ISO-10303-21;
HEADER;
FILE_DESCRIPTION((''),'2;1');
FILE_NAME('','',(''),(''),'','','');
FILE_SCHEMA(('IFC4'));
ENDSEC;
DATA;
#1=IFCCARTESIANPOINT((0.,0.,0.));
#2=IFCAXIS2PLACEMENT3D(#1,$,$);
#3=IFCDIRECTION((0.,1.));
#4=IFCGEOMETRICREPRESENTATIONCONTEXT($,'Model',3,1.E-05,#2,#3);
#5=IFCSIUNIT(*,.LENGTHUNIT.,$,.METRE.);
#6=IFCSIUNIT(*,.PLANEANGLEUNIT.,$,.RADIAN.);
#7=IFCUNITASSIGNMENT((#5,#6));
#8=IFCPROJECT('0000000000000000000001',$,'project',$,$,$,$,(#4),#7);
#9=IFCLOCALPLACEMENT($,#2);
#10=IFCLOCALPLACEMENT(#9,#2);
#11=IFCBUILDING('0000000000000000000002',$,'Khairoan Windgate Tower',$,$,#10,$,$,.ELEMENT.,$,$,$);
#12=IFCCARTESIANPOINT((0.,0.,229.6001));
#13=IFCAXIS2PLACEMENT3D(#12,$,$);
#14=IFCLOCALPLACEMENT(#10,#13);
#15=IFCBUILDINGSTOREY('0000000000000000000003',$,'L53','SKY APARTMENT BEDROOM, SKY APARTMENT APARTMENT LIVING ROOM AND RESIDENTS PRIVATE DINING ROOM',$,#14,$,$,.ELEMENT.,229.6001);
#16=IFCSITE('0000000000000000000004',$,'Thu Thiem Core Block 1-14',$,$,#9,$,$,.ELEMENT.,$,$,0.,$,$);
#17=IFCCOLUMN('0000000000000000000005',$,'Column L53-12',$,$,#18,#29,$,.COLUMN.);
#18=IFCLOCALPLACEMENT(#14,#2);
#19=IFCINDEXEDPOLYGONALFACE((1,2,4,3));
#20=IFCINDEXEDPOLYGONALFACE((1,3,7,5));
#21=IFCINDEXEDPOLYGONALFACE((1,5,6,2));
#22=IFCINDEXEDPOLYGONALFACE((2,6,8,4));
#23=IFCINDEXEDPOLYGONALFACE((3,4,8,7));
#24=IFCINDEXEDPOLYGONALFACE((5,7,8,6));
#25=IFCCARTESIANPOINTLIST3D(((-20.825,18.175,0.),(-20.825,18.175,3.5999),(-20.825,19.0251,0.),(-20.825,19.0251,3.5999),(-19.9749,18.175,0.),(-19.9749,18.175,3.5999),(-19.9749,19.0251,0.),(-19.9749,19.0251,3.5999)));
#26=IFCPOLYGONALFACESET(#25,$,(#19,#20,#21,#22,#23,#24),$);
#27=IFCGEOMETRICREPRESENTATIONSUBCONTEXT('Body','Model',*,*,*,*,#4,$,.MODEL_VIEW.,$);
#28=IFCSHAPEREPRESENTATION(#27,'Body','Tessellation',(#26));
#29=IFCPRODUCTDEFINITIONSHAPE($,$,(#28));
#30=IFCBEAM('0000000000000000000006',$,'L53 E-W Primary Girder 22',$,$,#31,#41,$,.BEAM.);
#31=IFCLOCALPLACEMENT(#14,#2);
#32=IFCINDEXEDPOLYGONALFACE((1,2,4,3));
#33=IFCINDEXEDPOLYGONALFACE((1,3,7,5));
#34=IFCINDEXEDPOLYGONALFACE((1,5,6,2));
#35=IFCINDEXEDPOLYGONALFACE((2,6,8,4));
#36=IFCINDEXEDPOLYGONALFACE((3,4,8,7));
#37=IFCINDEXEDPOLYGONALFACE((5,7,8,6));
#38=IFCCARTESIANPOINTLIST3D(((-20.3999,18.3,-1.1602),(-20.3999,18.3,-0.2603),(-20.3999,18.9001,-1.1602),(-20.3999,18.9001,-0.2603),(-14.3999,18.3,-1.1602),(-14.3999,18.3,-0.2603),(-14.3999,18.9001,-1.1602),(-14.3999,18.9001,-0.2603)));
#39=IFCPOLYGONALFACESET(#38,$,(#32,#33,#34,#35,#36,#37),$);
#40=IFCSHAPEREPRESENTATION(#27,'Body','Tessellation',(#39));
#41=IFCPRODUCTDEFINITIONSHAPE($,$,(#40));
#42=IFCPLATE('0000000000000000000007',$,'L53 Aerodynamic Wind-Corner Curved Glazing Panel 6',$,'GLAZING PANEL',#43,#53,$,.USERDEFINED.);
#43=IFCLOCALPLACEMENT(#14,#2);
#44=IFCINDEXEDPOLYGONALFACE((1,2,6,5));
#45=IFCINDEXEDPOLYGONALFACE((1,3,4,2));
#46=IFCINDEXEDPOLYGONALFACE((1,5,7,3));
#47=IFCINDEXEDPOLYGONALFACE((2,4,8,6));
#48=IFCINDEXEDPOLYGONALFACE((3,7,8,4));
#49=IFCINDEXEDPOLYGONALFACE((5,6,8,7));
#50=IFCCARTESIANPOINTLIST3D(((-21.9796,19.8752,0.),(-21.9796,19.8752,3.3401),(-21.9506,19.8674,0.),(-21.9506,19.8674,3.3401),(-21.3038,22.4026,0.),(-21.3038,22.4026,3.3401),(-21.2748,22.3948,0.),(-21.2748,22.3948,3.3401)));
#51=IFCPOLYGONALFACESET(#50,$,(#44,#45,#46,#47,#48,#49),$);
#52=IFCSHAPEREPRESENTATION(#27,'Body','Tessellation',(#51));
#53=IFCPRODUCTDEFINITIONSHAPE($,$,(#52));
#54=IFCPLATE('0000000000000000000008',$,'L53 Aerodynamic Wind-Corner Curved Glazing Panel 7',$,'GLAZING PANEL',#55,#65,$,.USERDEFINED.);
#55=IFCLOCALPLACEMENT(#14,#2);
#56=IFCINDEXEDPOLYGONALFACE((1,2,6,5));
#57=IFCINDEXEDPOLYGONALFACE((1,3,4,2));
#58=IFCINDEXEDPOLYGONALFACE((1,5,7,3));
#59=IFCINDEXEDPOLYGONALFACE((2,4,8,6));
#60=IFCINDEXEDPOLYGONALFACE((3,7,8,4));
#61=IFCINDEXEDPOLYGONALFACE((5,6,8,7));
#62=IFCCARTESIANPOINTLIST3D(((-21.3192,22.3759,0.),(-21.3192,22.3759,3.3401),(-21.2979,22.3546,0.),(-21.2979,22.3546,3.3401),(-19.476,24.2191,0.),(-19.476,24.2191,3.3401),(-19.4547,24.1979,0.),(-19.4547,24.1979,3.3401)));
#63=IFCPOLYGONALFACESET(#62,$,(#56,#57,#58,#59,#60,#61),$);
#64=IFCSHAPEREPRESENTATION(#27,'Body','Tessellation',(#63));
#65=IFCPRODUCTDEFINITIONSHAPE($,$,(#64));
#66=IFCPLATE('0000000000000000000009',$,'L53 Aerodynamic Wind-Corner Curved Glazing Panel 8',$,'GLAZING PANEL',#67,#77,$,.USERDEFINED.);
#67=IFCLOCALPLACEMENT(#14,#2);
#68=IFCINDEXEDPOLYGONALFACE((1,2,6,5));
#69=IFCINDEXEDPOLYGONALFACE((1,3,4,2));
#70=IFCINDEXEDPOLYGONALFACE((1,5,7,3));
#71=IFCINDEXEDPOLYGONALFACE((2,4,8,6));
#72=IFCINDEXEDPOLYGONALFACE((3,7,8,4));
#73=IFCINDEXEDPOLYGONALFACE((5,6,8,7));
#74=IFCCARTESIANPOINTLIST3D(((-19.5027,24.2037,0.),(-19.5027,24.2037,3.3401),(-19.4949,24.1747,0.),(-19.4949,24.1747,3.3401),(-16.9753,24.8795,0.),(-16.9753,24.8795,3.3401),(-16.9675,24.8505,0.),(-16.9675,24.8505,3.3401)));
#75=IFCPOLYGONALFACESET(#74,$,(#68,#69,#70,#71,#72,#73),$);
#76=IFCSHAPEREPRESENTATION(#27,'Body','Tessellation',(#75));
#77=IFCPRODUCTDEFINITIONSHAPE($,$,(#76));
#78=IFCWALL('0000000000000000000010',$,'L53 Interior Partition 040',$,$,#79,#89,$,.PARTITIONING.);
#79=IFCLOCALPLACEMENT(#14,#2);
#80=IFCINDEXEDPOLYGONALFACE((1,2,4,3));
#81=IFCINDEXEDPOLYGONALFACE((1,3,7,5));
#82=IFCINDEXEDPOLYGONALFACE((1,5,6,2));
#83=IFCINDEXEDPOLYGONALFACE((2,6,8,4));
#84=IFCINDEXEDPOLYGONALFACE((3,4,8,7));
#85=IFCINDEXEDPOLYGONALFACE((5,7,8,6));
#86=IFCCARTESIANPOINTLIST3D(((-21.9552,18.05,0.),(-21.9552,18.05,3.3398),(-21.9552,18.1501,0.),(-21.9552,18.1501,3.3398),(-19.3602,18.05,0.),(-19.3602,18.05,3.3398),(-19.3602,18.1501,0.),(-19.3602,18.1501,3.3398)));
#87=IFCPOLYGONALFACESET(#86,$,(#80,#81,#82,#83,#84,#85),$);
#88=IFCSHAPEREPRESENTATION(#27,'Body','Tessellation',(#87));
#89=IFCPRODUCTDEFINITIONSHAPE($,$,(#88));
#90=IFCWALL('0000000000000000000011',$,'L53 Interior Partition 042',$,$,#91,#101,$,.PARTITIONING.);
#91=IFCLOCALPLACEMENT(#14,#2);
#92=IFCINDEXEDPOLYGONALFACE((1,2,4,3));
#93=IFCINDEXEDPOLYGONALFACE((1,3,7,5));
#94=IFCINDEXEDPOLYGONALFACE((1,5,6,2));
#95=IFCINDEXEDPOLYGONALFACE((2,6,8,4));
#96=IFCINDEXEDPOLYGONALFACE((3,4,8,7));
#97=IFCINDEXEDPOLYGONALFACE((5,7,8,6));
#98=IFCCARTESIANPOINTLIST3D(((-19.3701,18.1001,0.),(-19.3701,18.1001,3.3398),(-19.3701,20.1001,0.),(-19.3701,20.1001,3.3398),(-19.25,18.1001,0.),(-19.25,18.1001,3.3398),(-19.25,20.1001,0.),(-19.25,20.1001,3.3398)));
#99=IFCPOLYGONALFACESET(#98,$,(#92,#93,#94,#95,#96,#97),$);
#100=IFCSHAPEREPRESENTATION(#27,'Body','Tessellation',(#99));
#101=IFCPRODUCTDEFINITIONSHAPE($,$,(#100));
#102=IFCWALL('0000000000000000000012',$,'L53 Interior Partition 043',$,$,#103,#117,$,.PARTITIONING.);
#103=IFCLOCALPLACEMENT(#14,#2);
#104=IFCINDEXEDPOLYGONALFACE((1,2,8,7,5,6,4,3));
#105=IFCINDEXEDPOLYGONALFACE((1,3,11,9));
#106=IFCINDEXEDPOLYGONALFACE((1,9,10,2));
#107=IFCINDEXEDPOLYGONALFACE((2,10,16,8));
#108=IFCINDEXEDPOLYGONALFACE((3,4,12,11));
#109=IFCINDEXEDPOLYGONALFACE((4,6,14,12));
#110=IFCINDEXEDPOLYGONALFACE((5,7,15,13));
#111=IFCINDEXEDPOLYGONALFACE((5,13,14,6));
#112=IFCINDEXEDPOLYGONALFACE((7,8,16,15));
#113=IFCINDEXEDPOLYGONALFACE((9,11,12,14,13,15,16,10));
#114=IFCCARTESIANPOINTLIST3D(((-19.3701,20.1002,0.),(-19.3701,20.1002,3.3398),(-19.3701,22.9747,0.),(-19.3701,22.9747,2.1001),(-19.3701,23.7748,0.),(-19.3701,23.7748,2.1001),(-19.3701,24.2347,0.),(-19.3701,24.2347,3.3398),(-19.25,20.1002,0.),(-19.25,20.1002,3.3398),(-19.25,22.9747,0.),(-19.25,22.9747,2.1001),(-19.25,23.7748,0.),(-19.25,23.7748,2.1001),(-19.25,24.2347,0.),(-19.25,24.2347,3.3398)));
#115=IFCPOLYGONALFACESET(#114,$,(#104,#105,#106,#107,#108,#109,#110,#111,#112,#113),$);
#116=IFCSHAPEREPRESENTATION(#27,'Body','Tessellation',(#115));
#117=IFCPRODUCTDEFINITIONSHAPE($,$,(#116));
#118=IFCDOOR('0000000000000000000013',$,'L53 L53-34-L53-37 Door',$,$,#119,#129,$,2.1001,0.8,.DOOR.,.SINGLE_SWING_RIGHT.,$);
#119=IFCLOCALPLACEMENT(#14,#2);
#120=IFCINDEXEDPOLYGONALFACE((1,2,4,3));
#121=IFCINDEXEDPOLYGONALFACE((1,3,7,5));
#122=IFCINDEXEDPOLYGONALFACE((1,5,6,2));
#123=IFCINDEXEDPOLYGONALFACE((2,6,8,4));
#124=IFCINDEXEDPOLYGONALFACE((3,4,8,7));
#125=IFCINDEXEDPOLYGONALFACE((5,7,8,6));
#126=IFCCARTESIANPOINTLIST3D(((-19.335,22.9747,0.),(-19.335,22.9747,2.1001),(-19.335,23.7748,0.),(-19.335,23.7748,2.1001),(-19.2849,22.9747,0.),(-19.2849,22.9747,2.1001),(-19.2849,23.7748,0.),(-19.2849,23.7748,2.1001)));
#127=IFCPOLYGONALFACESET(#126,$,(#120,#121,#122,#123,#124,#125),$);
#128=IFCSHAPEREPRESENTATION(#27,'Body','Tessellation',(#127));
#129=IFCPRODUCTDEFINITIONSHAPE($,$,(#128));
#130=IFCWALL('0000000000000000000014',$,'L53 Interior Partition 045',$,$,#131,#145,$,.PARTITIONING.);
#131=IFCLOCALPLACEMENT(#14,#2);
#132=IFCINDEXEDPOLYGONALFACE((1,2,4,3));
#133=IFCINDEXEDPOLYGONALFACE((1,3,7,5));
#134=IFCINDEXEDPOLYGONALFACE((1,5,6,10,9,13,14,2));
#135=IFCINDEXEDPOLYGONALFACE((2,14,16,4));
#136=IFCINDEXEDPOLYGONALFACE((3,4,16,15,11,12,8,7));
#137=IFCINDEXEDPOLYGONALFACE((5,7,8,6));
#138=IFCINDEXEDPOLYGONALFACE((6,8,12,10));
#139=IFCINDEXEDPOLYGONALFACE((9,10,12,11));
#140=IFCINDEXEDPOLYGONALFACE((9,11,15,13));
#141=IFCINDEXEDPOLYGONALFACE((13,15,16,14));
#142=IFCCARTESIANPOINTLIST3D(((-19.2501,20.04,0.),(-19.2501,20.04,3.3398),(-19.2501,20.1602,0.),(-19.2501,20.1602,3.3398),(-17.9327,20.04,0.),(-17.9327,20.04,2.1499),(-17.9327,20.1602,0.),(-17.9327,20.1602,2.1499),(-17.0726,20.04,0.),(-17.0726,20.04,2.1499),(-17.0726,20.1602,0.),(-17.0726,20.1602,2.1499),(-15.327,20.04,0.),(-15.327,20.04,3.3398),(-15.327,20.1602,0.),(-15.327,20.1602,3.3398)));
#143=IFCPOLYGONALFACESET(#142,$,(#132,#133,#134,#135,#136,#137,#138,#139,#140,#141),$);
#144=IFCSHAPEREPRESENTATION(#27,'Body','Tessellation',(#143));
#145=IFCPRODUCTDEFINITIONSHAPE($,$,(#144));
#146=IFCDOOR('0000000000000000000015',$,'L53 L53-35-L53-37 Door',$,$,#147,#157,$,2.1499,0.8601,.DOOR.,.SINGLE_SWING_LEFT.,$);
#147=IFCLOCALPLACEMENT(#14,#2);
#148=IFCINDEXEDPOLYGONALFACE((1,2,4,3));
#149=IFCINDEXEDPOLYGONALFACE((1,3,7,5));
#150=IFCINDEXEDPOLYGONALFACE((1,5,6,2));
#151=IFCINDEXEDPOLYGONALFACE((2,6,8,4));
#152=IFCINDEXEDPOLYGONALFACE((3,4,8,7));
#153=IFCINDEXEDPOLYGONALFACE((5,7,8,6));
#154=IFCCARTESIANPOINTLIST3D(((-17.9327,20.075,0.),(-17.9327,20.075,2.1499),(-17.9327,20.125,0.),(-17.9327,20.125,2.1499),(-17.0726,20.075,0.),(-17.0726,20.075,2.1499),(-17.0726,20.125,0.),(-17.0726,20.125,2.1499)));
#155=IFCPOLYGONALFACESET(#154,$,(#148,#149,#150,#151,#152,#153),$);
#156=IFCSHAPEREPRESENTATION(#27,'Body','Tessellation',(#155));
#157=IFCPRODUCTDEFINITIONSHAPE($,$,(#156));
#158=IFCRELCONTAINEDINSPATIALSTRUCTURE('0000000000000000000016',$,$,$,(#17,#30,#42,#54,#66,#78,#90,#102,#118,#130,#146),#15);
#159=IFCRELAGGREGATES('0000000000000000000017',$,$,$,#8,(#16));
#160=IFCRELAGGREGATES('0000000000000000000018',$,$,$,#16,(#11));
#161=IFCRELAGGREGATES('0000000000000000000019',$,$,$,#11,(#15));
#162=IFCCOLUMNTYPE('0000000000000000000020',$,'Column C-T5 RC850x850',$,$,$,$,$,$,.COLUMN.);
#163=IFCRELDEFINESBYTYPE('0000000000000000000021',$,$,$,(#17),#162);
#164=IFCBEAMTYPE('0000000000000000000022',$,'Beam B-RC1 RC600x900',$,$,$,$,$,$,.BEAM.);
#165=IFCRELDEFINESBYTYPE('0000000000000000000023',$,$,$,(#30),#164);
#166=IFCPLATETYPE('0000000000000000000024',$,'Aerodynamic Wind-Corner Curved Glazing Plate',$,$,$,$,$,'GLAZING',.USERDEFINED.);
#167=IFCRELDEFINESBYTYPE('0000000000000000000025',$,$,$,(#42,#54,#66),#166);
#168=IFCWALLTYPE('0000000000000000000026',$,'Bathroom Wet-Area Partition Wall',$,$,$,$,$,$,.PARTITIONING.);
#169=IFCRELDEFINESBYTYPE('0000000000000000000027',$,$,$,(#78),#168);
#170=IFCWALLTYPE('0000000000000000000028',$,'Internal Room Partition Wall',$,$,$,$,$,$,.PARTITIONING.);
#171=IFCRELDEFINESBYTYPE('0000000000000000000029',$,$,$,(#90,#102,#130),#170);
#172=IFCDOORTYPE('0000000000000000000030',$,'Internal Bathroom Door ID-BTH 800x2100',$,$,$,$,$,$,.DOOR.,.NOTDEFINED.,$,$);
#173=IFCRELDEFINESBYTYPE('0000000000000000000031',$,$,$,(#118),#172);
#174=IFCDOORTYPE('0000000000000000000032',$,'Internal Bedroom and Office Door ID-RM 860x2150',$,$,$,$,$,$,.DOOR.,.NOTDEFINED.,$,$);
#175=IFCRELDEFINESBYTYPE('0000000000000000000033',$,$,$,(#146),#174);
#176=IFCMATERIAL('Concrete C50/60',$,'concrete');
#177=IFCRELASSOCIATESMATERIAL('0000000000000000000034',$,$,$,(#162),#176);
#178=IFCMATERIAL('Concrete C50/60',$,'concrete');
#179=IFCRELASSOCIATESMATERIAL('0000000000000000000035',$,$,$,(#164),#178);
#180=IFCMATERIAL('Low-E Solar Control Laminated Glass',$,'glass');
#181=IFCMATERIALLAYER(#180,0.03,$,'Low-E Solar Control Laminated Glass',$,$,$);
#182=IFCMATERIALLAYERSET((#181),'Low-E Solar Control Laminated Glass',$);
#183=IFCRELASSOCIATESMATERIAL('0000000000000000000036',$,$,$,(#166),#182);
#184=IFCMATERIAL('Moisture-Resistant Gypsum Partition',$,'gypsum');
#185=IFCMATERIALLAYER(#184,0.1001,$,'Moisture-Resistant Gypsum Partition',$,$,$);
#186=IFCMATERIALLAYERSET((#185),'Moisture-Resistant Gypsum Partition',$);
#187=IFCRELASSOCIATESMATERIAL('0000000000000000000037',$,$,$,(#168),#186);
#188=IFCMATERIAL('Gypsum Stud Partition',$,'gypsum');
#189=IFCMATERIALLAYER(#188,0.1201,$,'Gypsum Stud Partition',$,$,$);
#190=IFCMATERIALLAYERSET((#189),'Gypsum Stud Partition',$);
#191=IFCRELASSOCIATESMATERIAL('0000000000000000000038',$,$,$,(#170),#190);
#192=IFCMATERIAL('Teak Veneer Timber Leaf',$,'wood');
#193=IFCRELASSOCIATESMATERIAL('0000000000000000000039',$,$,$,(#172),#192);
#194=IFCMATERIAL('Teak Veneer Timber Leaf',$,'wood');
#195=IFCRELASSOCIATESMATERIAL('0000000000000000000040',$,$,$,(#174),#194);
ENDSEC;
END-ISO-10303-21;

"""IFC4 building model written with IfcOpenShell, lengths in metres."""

from ifc_helpers import new_model, si_unit, direction, frame, frame_2d, origin, origin_2d, place, context, subcontext, project, spatial, rectangle, extrude, material, layer, layer_set, material_profile, profile_set, type_object, element, fill, save


model = new_model("IFC4")

# Units and contexts
model_context = context("Model", 3, precision=1e-05, world=origin(), true_north=direction((0.0, 1.0)))
body_context = subcontext(model_context, "Body", "Model", "MODEL_VIEW")
ifc_project = project(units=[si_unit("LENGTHUNIT", "METRE"), si_unit("PLANEANGLEUNIT", "RADIAN")], contexts=[model_context])

# Site, building, storey
site_placement = place(None, origin())
site = spatial("IfcSite", under=ifc_project, at=site_placement, Name="Thu Thiem Core Block 1-14", CompositionType="ELEMENT", RefElevation=0.0)
building_placement = place(site_placement, origin())
building = spatial("IfcBuilding", under=site, at=building_placement, Name="Khairoan Windgate Tower", CompositionType="ELEMENT")
storey_placement = place(building_placement, frame((0.0, 0.0, 229.6001)))
storey = spatial("IfcBuildingStorey", under=building, at=storey_placement, Name="L53", Description="SKY APARTMENT BEDROOM, SKY APARTMENT APARTMENT LIVING ROOM AND RESIDENTS PRIVATE DINING ROOM", CompositionType="ELEMENT", Elevation=229.6001)

# Column
ifc_material_1 = material(Name="Concrete C50/60", Category="concrete")
ifc_material_profile_1 = material_profile(ifc_material_1, rectangle(XDim=0.8501, YDim=0.8501, at=origin_2d()))
ifc_profile_set_1 = profile_set([ifc_material_profile_1], Name="Concrete C50/60")
column_type = type_object("IfcColumnType", Name="Column C-T5 RC850x850", PredefinedType="COLUMN", material=ifc_profile_set_1)
column_placement = place(storey_placement, frame((-20.3999, 18.6001, 0.0), z_axis=(0.0, 0.0, 1.0), x_axis=(1.0, 0.0, 0.0)))
element("IfcColumn", 1, at=column_placement, inside=storey, type_object=column_type, Name="Column L53-12", PredefinedType="COLUMN", context=body_context, shape_type="SweptSolid", body=[
    extrude(rectangle(XDim=0.8501, YDim=0.8501, at=origin_2d()), origin(), (0.0, 0.0, 1.0), 3.5999),
])

# Beam
ifc_material_2 = material(Name="Concrete C50/60", Category="concrete")
ifc_material_profile_2 = material_profile(ifc_material_2, rectangle(XDim=0.6001, YDim=0.8999, at=origin_2d()))
ifc_profile_set_2 = profile_set([ifc_material_profile_2], Name="Concrete C50/60")
beam_type = type_object("IfcBeamType", Name="Beam B-RC1 RC600x900", PredefinedType="BEAM", material=ifc_profile_set_2)
beam_placement = place(storey_placement, frame((-20.3999, 18.6001, -0.7102), z_axis=(1.0, 0.0, 0.0), x_axis=(0.0, 1.0, 0.0)))
element("IfcBeam", 2, at=beam_placement, inside=storey, type_object=beam_type, Name="L53 E-W Primary Girder 22", PredefinedType="BEAM", context=body_context, shape_type="SweptSolid", body=[
    extrude(rectangle(XDim=0.6001, YDim=0.8999, at=origin_2d()), origin(), (0.0, 0.0, 1.0), 6.0),
])

# Plates
ifc_material_3 = material(Name="Low-E Solar Control Laminated Glass", Category="glass")
ifc_layer_1 = layer(ifc_material_3, 0.03, Name="Low-E Solar Control Laminated Glass")
ifc_layer_set_1 = layer_set([ifc_layer_1], Name="Low-E Solar Control Laminated Glass")
plate_type_1 = type_object("IfcPlateType", Name="Aerodynamic Wind-Corner Curved Glazing Plate", ElementType="GLAZING", PredefinedType="USERDEFINED", material=ifc_layer_set_1)
plate_1_placement = place(storey_placement, frame((-21.6272, 21.135, 0.0), z_axis=(0.0, 0.0, 1.0), x_axis=(0.258313, 0.966061, 0.0)))
element("IfcPlate", 3, at=plate_1_placement, inside=storey, type_object=plate_type_1, Name="L53 Aerodynamic Wind-Corner Curved Glazing Panel 6", ObjectType="GLAZING PANEL", PredefinedType="USERDEFINED", context=body_context, shape_type="SweptSolid", body=[
    extrude(rectangle(XDim=2.6162, YDim=0.03, at=origin_2d()), origin(), (0.0, 0.0, 1.0), 3.3401),
])
plate_2_placement = place(storey_placement, frame((-20.387, 23.2869, 0.0), z_axis=(0.0, 0.0, 1.0), x_axis=(0.707107, 0.707107, 0.0)))
element("IfcPlate", 4, at=plate_2_placement, inside=storey, type_object=plate_type_1, Name="L53 Aerodynamic Wind-Corner Curved Glazing Panel 7", ObjectType="GLAZING PANEL", PredefinedType="USERDEFINED", context=body_context, shape_type="SweptSolid", body=[
    extrude(rectangle(XDim=2.6067, YDim=0.03, at=origin_2d()), origin(), (0.0, 0.0, 1.0), 3.3401),
])
plate_3_placement = place(storey_placement, frame((-18.2351, 24.5271, 0.0), z_axis=(0.0, 0.0, 1.0), x_axis=(0.966061, 0.258313, 0.0)))
element("IfcPlate", 5, at=plate_3_placement, inside=storey, type_object=plate_type_1, Name="L53 Aerodynamic Wind-Corner Curved Glazing Panel 8", ObjectType="GLAZING PANEL", PredefinedType="USERDEFINED", context=body_context, shape_type="SweptSolid", body=[
    extrude(rectangle(XDim=2.6162, YDim=0.03, at=origin_2d()), origin(), (0.0, 0.0, 1.0), 3.3401),
])

# Walls
ifc_material_4 = material(Name="Moisture-Resistant Gypsum Partition", Category="gypsum")
ifc_layer_2 = layer(ifc_material_4, 0.1001, Name="Moisture-Resistant Gypsum Partition")
ifc_layer_set_2 = layer_set([ifc_layer_2], Name="Moisture-Resistant Gypsum Partition")
wall_type_1 = type_object("IfcWallType", Name="Bathroom Wet-Area Partition Wall", PredefinedType="PARTITIONING", material=ifc_layer_set_2)
wall_1_placement = place(storey_placement, frame((-21.9551, 18.1001, 0.0), z_axis=(0.0, 0.0, 1.0), x_axis=(1.0, 0.0, 0.0)))
element("IfcWall", 6, at=wall_1_placement, inside=storey, type_object=wall_type_1, Name="L53 Interior Partition 040", PredefinedType="PARTITIONING", context=body_context, shape_type="SweptSolid", body=[
    extrude(rectangle(XDim=2.595, YDim=0.1001, at=frame_2d((1.2974, 0.0))), origin(), (0.0, 0.0, 1.0), 3.3398),
])
ifc_material_5 = material(Name="Gypsum Stud Partition", Category="gypsum")
ifc_layer_3 = layer(ifc_material_5, 0.1201, Name="Gypsum Stud Partition")
ifc_layer_set_3 = layer_set([ifc_layer_3], Name="Gypsum Stud Partition")
wall_type_2 = type_object("IfcWallType", Name="Internal Room Partition Wall", PredefinedType="PARTITIONING", material=ifc_layer_set_3)
wall_2_placement = place(storey_placement, frame((-19.3101, 18.1001, 0.0), z_axis=(0.0, 0.0, 1.0), x_axis=(0.0, 1.0, 0.0)))
element("IfcWall", 7, at=wall_2_placement, inside=storey, type_object=wall_type_2, Name="L53 Interior Partition 042", PredefinedType="PARTITIONING", context=body_context, shape_type="SweptSolid", body=[
    extrude(rectangle(XDim=2.0, YDim=0.1201, at=frame_2d((1.0, 0.0))), origin(), (0.0, 0.0, 1.0), 3.3398),
])

# Walls, openings, doors
wall_3_placement = place(storey_placement, frame((-19.3101, 20.1001, 0.0), z_axis=(0.0, 0.0, 1.0), x_axis=(0.0, 1.0, 0.0)))
wall_3 = element("IfcWall", 8, at=wall_3_placement, inside=storey, type_object=wall_type_2, Name="L53 Interior Partition 043", PredefinedType="PARTITIONING", context=body_context, shape_type="SweptSolid", body=[
    extrude(rectangle(XDim=4.1345, YDim=0.1201, at=frame_2d((2.0674, 0.0))), origin(), (0.0, 0.0, 1.0), 3.3398),
])
opening_1_placement = place(wall_3_placement, frame((2.8748, 0.0, 0.0)))
opening_1 = element("IfcOpeningElement", 9, at=opening_1_placement, cuts=wall_3, PredefinedType="OPENING", context=body_context, shape_type="SweptSolid", body=[
    extrude(rectangle(XDim=0.8, YDim=2.1001, at=frame_2d((0.3999, 1.05))), frame((0.0, 0.0701, 0.0), z_axis=(0.0, -1.0, 0.0), x_axis=(1.0, 0.0, 0.0)), (0.0, 0.0, 1.0), 0.1401),
])
ifc_material_6 = material(Name="Teak Veneer Timber Leaf", Category="wood")
door_type_1 = type_object("IfcDoorType", Name="Internal Bathroom Door ID-BTH 800x2100", OperationType="NOTDEFINED", PredefinedType="DOOR", material=ifc_material_6)
door_1_placement = place(opening_1_placement, origin())
door_1 = element("IfcDoor", 10, at=door_1_placement, inside=storey, type_object=door_type_1, Name="L53 L53-34-L53-37 Door", OperationType="SINGLE_SWING_RIGHT", OverallHeight=2.1001, OverallWidth=0.8, PredefinedType="DOOR", context=body_context, shape_type="SweptSolid", body=[
    extrude(rectangle(XDim=0.8, YDim=2.1001, at=frame_2d((0.3999, 1.05))), frame((0.0, 0.0249, 0.0), z_axis=(0.0, -1.0, 0.0), x_axis=(1.0, 0.0, 0.0)), (0.0, 0.0, 1.0), 0.05),
])
fill(opening_1, door_1)
wall_4_placement = place(storey_placement, frame((-19.25, 20.1001, 0.0), z_axis=(0.0, 0.0, 1.0), x_axis=(1.0, 0.0, 0.0)))
wall_4 = element("IfcWall", 11, at=wall_4_placement, inside=storey, type_object=wall_type_2, Name="L53 Interior Partition 045", PredefinedType="PARTITIONING", context=body_context, shape_type="SweptSolid", body=[
    extrude(rectangle(XDim=3.9231, YDim=0.1201, at=frame_2d((1.9614, 0.0))), origin(), (0.0, 0.0, 1.0), 3.3398),
])
opening_2_placement = place(wall_4_placement, frame((1.3171, 0.0, 0.0)))
opening_2 = element("IfcOpeningElement", 12, at=opening_2_placement, cuts=wall_4, PredefinedType="OPENING", context=body_context, shape_type="SweptSolid", body=[
    extrude(rectangle(XDim=0.8601, YDim=2.1499, at=frame_2d((0.4302, 1.075))), frame((0.0, 0.0701, 0.0), z_axis=(0.0, -1.0, 0.0), x_axis=(1.0, 0.0, 0.0)), (0.0, 0.0, 1.0), 0.1401),
])
ifc_material_7 = material(Name="Teak Veneer Timber Leaf", Category="wood")
door_type_2 = type_object("IfcDoorType", Name="Internal Bedroom and Office Door ID-RM 860x2150", OperationType="NOTDEFINED", PredefinedType="DOOR", material=ifc_material_7)
door_2_placement = place(opening_2_placement, origin())
door_2 = element("IfcDoor", 13, at=door_2_placement, inside=storey, type_object=door_type_2, Name="L53 L53-35-L53-37 Door", OperationType="SINGLE_SWING_LEFT", OverallHeight=2.1499, OverallWidth=0.8601, PredefinedType="DOOR", context=body_context, shape_type="SweptSolid", body=[
    extrude(rectangle(XDim=0.8601, YDim=2.1499, at=frame_2d((0.4302, 1.075))), frame((0.0, 0.0249, 0.0), z_axis=(0.0, -1.0, 0.0), x_axis=(1.0, 0.0, 0.0)), (0.0, 0.0, 1.0), 0.05),
])
fill(opening_2, door_2)

save(model, "model.ifc")
